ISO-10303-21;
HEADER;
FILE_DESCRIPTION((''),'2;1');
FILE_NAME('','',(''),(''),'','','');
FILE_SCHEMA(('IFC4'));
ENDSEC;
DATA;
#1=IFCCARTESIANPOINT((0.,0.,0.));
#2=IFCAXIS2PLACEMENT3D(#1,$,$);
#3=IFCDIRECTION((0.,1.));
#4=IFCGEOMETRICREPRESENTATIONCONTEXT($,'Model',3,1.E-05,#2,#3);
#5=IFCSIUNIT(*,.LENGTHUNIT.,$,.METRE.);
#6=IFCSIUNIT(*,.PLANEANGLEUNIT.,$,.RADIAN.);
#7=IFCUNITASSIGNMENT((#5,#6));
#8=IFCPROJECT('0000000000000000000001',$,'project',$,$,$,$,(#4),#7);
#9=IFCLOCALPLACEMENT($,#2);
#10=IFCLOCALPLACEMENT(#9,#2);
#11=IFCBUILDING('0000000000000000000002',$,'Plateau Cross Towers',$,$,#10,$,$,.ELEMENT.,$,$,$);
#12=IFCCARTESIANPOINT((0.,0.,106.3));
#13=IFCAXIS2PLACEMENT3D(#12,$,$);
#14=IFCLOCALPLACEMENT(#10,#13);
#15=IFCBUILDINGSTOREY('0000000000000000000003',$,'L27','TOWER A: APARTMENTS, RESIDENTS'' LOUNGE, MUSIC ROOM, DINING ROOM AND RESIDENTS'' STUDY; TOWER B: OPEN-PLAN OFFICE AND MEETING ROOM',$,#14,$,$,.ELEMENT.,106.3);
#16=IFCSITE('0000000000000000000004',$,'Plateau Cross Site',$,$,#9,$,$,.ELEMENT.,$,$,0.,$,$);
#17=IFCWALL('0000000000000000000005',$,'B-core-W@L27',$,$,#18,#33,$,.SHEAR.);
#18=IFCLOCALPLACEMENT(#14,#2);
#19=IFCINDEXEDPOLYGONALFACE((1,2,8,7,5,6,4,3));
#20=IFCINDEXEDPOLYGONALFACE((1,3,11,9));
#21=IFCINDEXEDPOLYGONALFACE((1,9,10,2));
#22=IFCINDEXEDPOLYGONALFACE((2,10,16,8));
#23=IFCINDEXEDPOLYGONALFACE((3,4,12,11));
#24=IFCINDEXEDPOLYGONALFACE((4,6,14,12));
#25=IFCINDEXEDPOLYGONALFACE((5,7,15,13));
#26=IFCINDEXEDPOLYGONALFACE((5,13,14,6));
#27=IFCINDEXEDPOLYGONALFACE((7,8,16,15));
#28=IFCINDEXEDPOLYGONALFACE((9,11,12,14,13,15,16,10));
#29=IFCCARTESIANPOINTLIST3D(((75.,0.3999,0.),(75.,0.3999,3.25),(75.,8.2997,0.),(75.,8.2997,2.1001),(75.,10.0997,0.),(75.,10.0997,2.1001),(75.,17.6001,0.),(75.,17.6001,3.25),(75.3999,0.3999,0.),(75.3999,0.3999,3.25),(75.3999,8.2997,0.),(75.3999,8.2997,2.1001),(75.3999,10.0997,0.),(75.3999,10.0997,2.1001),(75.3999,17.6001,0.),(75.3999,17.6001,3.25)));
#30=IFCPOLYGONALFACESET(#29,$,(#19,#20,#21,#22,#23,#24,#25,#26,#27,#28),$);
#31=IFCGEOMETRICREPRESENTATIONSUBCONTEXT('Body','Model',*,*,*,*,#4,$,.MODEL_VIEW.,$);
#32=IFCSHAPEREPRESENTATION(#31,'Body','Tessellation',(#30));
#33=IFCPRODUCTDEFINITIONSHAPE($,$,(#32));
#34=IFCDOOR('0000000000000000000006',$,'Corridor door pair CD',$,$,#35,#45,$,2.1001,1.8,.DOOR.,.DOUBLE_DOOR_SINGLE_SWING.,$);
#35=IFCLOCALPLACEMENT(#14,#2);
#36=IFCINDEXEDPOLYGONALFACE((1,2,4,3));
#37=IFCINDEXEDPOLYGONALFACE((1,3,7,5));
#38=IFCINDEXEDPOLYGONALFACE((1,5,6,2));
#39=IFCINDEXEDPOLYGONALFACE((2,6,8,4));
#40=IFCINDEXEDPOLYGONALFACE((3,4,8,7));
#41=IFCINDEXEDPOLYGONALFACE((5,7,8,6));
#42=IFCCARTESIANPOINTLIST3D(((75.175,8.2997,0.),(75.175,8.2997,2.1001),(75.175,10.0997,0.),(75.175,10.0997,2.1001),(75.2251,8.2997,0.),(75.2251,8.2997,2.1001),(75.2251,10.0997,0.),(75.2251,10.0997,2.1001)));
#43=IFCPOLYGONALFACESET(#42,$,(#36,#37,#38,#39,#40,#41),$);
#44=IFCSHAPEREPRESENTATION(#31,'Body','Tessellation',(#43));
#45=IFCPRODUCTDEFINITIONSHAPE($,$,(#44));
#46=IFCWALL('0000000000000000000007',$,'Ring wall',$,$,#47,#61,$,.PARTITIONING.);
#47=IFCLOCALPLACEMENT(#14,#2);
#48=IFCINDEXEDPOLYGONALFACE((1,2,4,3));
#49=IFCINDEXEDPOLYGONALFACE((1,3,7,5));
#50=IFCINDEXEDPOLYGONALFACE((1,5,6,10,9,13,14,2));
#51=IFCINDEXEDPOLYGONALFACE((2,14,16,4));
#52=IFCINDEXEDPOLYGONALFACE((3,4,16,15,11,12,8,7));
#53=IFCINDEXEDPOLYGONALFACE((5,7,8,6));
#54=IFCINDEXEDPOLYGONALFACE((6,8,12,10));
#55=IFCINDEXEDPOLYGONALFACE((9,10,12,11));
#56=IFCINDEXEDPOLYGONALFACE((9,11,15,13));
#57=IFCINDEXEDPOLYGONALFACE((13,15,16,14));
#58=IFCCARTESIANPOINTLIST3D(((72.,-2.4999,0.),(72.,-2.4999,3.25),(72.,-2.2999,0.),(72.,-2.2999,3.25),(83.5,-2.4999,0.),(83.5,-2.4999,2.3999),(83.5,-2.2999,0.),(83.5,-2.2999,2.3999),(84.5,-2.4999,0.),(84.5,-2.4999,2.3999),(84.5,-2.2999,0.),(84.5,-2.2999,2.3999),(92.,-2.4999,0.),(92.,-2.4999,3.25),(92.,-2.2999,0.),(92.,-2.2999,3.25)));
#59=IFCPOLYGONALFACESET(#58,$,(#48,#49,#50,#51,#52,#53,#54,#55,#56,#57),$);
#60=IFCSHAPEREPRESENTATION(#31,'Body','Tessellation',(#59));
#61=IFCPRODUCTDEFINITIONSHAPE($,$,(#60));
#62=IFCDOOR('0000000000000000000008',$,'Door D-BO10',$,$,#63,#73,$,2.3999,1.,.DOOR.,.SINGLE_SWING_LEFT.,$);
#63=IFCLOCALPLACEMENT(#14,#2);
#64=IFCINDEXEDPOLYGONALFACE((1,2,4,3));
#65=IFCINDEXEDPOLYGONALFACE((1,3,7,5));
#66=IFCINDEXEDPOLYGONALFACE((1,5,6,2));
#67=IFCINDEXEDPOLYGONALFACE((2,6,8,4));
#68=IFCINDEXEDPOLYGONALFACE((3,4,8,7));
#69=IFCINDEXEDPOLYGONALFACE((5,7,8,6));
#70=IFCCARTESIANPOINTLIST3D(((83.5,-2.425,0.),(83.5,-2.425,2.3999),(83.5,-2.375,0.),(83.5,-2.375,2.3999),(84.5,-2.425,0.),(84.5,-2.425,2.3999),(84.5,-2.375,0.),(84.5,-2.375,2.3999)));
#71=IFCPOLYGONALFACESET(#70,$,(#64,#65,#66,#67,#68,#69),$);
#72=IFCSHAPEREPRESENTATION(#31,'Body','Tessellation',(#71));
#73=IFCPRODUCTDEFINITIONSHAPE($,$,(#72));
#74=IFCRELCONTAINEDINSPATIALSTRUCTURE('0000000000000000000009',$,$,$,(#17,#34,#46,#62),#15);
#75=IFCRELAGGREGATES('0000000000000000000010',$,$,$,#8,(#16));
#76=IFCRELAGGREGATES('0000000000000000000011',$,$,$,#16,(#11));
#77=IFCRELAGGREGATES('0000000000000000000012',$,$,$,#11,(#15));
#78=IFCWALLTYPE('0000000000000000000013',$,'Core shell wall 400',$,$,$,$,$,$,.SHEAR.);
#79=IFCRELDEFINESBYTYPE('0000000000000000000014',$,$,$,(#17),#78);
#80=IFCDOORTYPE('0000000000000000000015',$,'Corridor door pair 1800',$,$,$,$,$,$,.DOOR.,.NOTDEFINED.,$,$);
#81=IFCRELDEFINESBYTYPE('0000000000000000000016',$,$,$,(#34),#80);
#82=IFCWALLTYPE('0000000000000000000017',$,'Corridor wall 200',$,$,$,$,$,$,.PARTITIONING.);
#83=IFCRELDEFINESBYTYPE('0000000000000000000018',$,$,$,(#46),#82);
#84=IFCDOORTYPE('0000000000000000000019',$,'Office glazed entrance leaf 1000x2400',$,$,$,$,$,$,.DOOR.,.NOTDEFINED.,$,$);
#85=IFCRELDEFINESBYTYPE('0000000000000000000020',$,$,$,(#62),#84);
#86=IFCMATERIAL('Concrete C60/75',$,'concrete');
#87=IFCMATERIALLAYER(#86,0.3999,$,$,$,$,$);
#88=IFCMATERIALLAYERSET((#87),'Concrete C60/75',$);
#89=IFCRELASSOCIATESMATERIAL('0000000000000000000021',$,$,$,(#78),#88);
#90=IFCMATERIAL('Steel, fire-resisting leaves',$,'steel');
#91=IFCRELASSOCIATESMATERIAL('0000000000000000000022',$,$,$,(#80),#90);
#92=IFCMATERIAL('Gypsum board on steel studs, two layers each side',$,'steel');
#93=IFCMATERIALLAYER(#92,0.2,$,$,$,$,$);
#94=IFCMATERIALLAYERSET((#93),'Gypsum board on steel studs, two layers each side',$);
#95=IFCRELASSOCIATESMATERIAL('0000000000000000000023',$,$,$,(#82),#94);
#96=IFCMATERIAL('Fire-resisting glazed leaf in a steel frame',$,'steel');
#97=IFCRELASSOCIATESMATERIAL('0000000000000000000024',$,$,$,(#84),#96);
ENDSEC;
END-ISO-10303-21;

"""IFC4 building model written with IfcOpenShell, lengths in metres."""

from ifc_helpers import new_model, si_unit, direction, frame, frame_2d, origin, place, context, subcontext, project, spatial, rectangle, extrude, material, layer, layer_set, type_object, element, fill, save


model = new_model("IFC4")

# Units and contexts
model_context = context("Model", 3, precision=1e-05, world=origin(), true_north=direction((0.0, 1.0)))
body_context = subcontext(model_context, "Body", "Model", "MODEL_VIEW")
ifc_project = project(units=[si_unit("LENGTHUNIT", "METRE"), si_unit("PLANEANGLEUNIT", "RADIAN")], contexts=[model_context])

# Site, building, storey
site_placement = place(None, origin())
site = spatial("IfcSite", under=ifc_project, at=site_placement, Name="Plateau Cross Site", CompositionType="ELEMENT", RefElevation=0.0)
building_placement = place(site_placement, origin())
building = spatial("IfcBuilding", under=site, at=building_placement, Name="Plateau Cross Towers", CompositionType="ELEMENT")
storey_placement = place(building_placement, frame((0.0, 0.0, 106.3)))
storey = spatial("IfcBuildingStorey", under=building, at=storey_placement, Name="L27", Description="TOWER A: APARTMENTS, RESIDENTS' LOUNGE, MUSIC ROOM, DINING ROOM AND RESIDENTS' STUDY; TOWER B: OPEN-PLAN OFFICE AND MEETING ROOM", CompositionType="ELEMENT", Elevation=106.3)

# Shared definitions
ifc_material_1 = material(Name="Concrete C60/75", Category="concrete")

# Shared definitions
ifc_layer_1 = layer(ifc_material_1, 0.3999)
ifc_layer_set_1 = layer_set([ifc_layer_1], Name="Concrete C60/75")
wall_type_1 = type_object("IfcWallType", Name="Core shell wall 400", PredefinedType="SHEAR", material=ifc_layer_set_1)

# Walls, openings, doors
wall_1_placement = place(storey_placement, frame((75.2, 0.3999, 0.0), z_axis=(0.0, 0.0, 1.0), x_axis=(0.0, 1.0, 0.0)))
wall_1 = element("IfcWall", 1, at=wall_1_placement, inside=storey, type_object=wall_type_1, Name="B-core-W@L27", PredefinedType="SHEAR", context=body_context, shape_type="SweptSolid", body=[
    extrude(rectangle(XDim=17.2002, YDim=0.3999, at=frame_2d((8.6001, 0.0))), origin(), (0.0, 0.0, 1.0), 3.25),
])
opening_1_placement = place(wall_1_placement, frame((7.8999, 0.0, 0.0)))
opening_1 = element("IfcOpeningElement", 2, at=opening_1_placement, cuts=wall_1, PredefinedType="OPENING", context=body_context, shape_type="SweptSolid", body=[
    extrude(rectangle(XDim=1.8, YDim=2.1001, at=frame_2d((0.8999, 1.05))), frame((0.0, 0.21, 0.0), z_axis=(0.0, -1.0, 0.0), x_axis=(1.0, 0.0, 0.0)), (0.0, 0.0, 1.0), 0.4199),
])
ifc_material_2 = material(Name="Steel, fire-resisting leaves", Category="steel")
door_type_1 = type_object("IfcDoorType", Name="Corridor door pair 1800", OperationType="NOTDEFINED", PredefinedType="DOOR", material=ifc_material_2)
door_1_placement = place(opening_1_placement, origin())
door_1 = element("IfcDoor", 3, at=door_1_placement, inside=storey, type_object=door_type_1, Name="Corridor door pair CD", OperationType="DOUBLE_DOOR_SINGLE_SWING", OverallHeight=2.1001, OverallWidth=1.8, PredefinedType="DOOR", context=body_context, shape_type="SweptSolid", body=[
    extrude(rectangle(XDim=1.8, YDim=2.1001, at=frame_2d((0.8999, 1.05))), frame((0.0, 0.0249, 0.0), z_axis=(0.0, -1.0, 0.0), x_axis=(1.0, 0.0, 0.0)), (0.0, 0.0, 1.0), 0.05),
])
fill(opening_1, door_1)
ifc_material_3 = material(Name="Gypsum board on steel studs, two layers each side", Category="steel")
ifc_layer_2 = layer(ifc_material_3, 0.2)
ifc_layer_set_2 = layer_set([ifc_layer_2], Name="Gypsum board on steel studs, two layers each side")
wall_type_2 = type_object("IfcWallType", Name="Corridor wall 200", PredefinedType="PARTITIONING", material=ifc_layer_set_2)
wall_2_placement = place(storey_placement, frame((72.0, -2.3999, 0.0), z_axis=(0.0, 0.0, 1.0), x_axis=(1.0, 0.0, 0.0)))
wall_2 = element("IfcWall", 4, at=wall_2_placement, inside=storey, type_object=wall_type_2, Name="Ring wall", PredefinedType="PARTITIONING", context=body_context, shape_type="SweptSolid", body=[
    extrude(rectangle(XDim=20.0, YDim=0.2, at=frame_2d((10.0, 0.0))), origin(), (0.0, 0.0, 1.0), 3.25),
])
opening_2_placement = place(wall_2_placement, frame((11.5, 0.0, 0.0)))
opening_2 = element("IfcOpeningElement", 5, at=opening_2_placement, cuts=wall_2, PredefinedType="OPENING", context=body_context, shape_type="SweptSolid", body=[
    extrude(rectangle(XDim=1.0, YDim=2.3999, at=frame_2d((0.5, 1.2))), frame((0.0, 0.1099, 0.0), z_axis=(0.0, -1.0, 0.0), x_axis=(1.0, 0.0, 0.0)), (0.0, 0.0, 1.0), 0.22),
])
ifc_material_4 = material(Name="Fire-resisting glazed leaf in a steel frame", Category="steel")
door_type_2 = type_object("IfcDoorType", Name="Office glazed entrance leaf 1000x2400", OperationType="NOTDEFINED", PredefinedType="DOOR", material=ifc_material_4)
door_2_placement = place(opening_2_placement, origin())
door_2 = element("IfcDoor", 6, at=door_2_placement, inside=storey, type_object=door_type_2, Name="Door D-BO10", OperationType="SINGLE_SWING_LEFT", OverallHeight=2.3999, OverallWidth=1.0, PredefinedType="DOOR", context=body_context, shape_type="SweptSolid", body=[
    extrude(rectangle(XDim=1.0, YDim=2.3999, at=frame_2d((0.5, 1.2))), frame((0.0, 0.0249, 0.0), z_axis=(0.0, -1.0, 0.0), x_axis=(1.0, 0.0, 0.0)), (0.0, 0.0, 1.0), 0.05),
])
fill(opening_2, door_2)

save(model, "model.ifc")
